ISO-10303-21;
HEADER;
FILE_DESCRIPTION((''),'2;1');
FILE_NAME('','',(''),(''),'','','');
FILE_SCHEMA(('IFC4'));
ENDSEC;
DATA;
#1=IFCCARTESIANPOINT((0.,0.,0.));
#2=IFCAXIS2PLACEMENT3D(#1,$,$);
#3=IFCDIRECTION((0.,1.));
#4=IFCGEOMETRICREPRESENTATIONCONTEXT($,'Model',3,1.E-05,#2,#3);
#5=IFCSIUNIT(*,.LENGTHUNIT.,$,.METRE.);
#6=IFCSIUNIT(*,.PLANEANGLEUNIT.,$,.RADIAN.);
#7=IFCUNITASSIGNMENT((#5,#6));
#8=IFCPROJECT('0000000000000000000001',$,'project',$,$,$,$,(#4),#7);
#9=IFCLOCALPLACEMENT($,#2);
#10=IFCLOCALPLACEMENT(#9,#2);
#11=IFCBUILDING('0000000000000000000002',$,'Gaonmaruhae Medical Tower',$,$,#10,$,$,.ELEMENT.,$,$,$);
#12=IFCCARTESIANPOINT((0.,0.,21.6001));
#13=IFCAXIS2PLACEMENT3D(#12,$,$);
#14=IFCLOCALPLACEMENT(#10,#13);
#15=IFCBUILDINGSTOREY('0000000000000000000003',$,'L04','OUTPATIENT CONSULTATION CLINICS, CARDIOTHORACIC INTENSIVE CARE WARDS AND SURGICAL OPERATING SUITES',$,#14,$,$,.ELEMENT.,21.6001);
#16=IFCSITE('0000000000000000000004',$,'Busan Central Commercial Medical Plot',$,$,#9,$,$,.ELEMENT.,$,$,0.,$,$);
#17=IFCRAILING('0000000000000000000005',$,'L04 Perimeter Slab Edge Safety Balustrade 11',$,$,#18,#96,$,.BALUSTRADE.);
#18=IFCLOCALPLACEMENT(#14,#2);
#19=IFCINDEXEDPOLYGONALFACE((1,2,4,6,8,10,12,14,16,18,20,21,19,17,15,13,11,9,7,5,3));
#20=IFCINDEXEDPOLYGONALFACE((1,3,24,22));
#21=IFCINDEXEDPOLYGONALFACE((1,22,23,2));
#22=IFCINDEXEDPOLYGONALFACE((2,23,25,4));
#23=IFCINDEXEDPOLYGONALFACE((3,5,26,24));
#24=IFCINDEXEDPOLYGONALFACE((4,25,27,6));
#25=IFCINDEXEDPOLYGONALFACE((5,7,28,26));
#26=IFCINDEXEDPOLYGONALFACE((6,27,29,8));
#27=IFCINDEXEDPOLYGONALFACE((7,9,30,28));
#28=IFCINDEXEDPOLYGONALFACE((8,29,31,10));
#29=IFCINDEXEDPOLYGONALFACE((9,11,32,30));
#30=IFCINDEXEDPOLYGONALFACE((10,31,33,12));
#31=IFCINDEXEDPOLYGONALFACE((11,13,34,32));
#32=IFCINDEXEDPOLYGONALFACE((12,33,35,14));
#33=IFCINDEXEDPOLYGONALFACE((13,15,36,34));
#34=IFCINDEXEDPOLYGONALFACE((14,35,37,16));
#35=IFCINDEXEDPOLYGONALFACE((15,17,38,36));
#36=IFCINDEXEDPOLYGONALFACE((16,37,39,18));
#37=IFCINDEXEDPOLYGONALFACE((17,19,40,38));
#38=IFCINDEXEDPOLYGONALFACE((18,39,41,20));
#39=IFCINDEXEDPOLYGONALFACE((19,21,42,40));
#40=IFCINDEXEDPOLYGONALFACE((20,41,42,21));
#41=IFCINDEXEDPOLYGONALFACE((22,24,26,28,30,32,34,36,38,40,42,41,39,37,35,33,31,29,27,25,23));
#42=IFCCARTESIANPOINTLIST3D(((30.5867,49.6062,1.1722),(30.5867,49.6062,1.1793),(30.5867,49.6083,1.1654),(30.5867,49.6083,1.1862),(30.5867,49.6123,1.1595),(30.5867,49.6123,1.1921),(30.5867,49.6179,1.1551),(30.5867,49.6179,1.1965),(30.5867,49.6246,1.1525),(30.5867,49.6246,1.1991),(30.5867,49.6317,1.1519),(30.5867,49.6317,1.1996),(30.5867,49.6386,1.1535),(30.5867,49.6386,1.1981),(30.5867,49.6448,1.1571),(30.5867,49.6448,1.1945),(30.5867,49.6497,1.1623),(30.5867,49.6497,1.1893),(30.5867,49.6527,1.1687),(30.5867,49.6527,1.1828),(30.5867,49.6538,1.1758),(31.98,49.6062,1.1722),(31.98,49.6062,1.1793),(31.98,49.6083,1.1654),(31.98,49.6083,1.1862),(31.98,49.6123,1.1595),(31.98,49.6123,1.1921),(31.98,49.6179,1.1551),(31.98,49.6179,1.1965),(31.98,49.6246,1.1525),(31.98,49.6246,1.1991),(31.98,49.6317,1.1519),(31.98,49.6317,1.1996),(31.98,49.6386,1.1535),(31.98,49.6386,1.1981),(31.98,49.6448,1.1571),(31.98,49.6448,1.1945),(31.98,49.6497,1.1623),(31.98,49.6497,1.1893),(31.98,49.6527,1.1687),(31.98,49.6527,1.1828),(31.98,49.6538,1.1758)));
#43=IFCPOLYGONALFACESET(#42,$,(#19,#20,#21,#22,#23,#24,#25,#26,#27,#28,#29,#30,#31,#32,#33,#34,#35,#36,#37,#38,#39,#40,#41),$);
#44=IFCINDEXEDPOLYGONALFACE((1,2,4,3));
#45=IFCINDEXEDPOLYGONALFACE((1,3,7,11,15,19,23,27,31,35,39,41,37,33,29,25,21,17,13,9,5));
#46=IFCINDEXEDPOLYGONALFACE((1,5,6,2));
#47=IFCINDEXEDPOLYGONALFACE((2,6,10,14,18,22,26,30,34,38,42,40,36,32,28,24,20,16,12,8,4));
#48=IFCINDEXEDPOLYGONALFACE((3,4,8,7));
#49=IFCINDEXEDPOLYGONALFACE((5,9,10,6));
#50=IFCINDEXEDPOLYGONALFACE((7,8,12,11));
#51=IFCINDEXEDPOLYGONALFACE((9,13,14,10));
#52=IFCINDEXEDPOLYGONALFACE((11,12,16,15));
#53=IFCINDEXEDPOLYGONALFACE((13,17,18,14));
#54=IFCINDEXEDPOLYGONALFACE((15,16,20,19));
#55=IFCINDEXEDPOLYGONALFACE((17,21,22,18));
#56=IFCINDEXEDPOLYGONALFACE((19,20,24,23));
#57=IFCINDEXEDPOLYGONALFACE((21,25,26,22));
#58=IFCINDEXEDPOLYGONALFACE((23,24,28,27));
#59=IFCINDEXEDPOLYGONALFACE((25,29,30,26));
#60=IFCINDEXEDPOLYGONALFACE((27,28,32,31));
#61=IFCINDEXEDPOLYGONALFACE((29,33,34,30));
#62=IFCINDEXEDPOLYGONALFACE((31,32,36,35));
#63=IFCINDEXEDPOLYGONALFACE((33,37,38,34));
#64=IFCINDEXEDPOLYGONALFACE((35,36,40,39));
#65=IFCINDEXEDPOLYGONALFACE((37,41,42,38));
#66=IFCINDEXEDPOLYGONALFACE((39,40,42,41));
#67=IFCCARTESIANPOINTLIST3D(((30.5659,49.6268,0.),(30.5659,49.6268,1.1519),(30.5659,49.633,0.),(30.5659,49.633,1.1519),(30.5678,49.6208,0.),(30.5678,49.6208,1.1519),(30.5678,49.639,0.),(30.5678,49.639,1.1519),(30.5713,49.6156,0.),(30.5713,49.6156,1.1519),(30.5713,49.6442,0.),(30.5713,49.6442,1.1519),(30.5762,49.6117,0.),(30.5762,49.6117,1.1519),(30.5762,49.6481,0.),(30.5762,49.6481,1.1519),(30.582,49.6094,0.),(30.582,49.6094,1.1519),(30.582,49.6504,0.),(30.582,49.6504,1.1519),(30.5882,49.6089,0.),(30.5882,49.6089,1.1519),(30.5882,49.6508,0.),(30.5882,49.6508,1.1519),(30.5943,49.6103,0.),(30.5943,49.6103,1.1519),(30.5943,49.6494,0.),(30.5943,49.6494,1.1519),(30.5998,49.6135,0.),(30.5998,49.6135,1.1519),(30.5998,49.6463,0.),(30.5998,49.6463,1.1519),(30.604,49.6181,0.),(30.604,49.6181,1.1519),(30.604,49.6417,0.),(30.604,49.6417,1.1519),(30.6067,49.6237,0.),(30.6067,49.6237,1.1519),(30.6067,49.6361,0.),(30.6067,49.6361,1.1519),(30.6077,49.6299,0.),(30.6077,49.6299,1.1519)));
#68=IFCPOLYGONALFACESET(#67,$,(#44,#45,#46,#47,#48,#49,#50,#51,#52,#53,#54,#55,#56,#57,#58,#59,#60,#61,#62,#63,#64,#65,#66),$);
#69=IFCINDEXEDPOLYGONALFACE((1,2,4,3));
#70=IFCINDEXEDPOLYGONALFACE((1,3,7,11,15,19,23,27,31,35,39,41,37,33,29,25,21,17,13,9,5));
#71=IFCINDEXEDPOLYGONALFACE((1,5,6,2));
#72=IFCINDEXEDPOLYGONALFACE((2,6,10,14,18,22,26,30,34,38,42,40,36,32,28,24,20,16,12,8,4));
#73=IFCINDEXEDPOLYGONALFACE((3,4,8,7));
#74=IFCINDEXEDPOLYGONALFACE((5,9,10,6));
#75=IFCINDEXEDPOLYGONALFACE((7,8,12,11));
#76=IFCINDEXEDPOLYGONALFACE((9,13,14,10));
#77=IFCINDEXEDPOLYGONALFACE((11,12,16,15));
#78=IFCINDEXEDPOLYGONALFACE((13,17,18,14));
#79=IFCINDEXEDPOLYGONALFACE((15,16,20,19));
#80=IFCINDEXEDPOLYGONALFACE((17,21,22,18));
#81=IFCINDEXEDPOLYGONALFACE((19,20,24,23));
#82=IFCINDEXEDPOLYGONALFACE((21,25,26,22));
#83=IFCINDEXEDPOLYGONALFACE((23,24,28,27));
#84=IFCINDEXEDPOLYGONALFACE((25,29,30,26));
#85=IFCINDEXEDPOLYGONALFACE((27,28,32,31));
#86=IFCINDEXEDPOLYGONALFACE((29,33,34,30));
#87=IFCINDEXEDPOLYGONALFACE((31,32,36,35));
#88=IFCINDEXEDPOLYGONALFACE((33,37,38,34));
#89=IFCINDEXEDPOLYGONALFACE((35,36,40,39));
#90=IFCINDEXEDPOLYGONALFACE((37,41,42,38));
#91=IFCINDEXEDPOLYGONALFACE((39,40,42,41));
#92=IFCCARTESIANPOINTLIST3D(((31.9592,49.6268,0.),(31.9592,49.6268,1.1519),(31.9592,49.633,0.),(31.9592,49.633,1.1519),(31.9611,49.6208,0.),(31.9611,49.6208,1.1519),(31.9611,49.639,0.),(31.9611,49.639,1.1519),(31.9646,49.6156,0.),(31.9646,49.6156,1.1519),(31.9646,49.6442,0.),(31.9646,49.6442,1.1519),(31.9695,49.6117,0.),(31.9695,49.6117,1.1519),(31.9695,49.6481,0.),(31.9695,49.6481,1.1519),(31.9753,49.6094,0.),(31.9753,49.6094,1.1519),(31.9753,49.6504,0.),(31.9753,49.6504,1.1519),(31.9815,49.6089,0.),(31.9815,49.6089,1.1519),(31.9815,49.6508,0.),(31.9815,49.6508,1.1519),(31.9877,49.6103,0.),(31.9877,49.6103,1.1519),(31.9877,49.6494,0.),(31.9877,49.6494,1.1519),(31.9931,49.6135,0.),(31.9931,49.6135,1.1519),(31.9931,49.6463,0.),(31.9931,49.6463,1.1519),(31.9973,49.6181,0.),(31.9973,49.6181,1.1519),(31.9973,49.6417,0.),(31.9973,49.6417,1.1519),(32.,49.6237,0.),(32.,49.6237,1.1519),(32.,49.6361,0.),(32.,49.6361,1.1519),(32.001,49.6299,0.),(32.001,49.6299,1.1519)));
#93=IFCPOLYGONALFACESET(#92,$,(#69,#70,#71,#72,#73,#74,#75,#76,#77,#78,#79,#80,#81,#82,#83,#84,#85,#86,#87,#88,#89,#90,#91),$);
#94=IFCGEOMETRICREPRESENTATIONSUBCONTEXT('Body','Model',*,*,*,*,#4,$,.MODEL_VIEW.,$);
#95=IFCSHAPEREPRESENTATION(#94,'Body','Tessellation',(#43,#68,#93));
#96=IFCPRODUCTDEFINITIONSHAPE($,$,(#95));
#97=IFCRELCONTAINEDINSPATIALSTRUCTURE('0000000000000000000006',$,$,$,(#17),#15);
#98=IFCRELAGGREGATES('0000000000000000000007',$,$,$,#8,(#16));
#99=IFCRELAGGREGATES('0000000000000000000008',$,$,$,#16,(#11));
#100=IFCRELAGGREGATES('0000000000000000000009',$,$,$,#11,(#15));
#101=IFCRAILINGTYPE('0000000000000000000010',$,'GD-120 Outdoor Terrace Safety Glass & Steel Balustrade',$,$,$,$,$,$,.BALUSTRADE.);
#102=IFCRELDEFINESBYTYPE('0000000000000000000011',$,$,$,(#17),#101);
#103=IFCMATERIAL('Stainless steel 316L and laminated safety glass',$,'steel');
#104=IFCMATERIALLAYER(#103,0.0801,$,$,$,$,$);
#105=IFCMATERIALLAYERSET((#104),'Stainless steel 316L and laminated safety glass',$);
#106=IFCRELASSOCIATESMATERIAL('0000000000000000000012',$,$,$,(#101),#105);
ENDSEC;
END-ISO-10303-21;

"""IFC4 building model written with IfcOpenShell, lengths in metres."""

from ifc_helpers import new_model, si_unit, direction, frame, origin, origin_2d, place, context, subcontext, project, spatial, circle, extrude, material, layer, layer_set, type_object, element, save


model = new_model("IFC4")

# Units and contexts
model_context = context("Model", 3, precision=1e-05, world=origin(), true_north=direction((0.0, 1.0)))
body_context = subcontext(model_context, "Body", "Model", "MODEL_VIEW")
ifc_project = project(units=[si_unit("LENGTHUNIT", "METRE"), si_unit("PLANEANGLEUNIT", "RADIAN")], contexts=[model_context])

# Site, building, storey
site_placement = place(None, origin())
site = spatial("IfcSite", under=ifc_project, at=site_placement, Name="Busan Central Commercial Medical Plot", CompositionType="ELEMENT", RefElevation=0.0)
building_placement = place(site_placement, origin())
building = spatial("IfcBuilding", under=site, at=building_placement, Name="Gaonmaruhae Medical Tower", CompositionType="ELEMENT")
storey_placement = place(building_placement, frame((0.0, 0.0, 21.6001)))
storey = spatial("IfcBuildingStorey", under=building, at=storey_placement, Name="L04", Description="OUTPATIENT CONSULTATION CLINICS, CARDIOTHORACIC INTENSIVE CARE WARDS AND SURGICAL OPERATING SUITES", CompositionType="ELEMENT", Elevation=21.6001)

# Railing
ifc_material_1 = material(Name="Stainless steel 316L and laminated safety glass", Category="steel")
ifc_layer_1 = layer(ifc_material_1, 0.0801)
ifc_layer_set_1 = layer_set([ifc_layer_1], Name="Stainless steel 316L and laminated safety glass")
railing_type = type_object("IfcRailingType", Name="GD-120 Outdoor Terrace Safety Glass & Steel Balustrade", PredefinedType="BALUSTRADE", material=ifc_layer_set_1)
railing_1_placement = place(storey_placement, frame((30.5867, 49.6299, 0.0)))
element("IfcRailing", 1, at=railing_1_placement, inside=storey, type_object=railing_type, Name="L04 Perimeter Slab Edge Safety Balustrade 11", PredefinedType="BALUSTRADE", context=body_context, shape_type="SweptSolid", body=[
    extrude(circle(Radius=0.0239, at=origin_2d()), frame((0.0, 0.0, 1.1758), z_axis=(1.0, 0.0, 0.0), x_axis=(0.0, 1.0, 0.0)), (0.0, 0.0, 1.0), 1.3933),
    extrude(circle(Radius=0.021, at=origin_2d()), origin(), (0.0, 0.0, 1.0), 1.1519),
    extrude(circle(Radius=0.021, at=origin_2d()), frame((1.3933, 0.0, 0.0)), (0.0, 0.0, 1.0), 1.1519),
])

save(model, "model.ifc")
